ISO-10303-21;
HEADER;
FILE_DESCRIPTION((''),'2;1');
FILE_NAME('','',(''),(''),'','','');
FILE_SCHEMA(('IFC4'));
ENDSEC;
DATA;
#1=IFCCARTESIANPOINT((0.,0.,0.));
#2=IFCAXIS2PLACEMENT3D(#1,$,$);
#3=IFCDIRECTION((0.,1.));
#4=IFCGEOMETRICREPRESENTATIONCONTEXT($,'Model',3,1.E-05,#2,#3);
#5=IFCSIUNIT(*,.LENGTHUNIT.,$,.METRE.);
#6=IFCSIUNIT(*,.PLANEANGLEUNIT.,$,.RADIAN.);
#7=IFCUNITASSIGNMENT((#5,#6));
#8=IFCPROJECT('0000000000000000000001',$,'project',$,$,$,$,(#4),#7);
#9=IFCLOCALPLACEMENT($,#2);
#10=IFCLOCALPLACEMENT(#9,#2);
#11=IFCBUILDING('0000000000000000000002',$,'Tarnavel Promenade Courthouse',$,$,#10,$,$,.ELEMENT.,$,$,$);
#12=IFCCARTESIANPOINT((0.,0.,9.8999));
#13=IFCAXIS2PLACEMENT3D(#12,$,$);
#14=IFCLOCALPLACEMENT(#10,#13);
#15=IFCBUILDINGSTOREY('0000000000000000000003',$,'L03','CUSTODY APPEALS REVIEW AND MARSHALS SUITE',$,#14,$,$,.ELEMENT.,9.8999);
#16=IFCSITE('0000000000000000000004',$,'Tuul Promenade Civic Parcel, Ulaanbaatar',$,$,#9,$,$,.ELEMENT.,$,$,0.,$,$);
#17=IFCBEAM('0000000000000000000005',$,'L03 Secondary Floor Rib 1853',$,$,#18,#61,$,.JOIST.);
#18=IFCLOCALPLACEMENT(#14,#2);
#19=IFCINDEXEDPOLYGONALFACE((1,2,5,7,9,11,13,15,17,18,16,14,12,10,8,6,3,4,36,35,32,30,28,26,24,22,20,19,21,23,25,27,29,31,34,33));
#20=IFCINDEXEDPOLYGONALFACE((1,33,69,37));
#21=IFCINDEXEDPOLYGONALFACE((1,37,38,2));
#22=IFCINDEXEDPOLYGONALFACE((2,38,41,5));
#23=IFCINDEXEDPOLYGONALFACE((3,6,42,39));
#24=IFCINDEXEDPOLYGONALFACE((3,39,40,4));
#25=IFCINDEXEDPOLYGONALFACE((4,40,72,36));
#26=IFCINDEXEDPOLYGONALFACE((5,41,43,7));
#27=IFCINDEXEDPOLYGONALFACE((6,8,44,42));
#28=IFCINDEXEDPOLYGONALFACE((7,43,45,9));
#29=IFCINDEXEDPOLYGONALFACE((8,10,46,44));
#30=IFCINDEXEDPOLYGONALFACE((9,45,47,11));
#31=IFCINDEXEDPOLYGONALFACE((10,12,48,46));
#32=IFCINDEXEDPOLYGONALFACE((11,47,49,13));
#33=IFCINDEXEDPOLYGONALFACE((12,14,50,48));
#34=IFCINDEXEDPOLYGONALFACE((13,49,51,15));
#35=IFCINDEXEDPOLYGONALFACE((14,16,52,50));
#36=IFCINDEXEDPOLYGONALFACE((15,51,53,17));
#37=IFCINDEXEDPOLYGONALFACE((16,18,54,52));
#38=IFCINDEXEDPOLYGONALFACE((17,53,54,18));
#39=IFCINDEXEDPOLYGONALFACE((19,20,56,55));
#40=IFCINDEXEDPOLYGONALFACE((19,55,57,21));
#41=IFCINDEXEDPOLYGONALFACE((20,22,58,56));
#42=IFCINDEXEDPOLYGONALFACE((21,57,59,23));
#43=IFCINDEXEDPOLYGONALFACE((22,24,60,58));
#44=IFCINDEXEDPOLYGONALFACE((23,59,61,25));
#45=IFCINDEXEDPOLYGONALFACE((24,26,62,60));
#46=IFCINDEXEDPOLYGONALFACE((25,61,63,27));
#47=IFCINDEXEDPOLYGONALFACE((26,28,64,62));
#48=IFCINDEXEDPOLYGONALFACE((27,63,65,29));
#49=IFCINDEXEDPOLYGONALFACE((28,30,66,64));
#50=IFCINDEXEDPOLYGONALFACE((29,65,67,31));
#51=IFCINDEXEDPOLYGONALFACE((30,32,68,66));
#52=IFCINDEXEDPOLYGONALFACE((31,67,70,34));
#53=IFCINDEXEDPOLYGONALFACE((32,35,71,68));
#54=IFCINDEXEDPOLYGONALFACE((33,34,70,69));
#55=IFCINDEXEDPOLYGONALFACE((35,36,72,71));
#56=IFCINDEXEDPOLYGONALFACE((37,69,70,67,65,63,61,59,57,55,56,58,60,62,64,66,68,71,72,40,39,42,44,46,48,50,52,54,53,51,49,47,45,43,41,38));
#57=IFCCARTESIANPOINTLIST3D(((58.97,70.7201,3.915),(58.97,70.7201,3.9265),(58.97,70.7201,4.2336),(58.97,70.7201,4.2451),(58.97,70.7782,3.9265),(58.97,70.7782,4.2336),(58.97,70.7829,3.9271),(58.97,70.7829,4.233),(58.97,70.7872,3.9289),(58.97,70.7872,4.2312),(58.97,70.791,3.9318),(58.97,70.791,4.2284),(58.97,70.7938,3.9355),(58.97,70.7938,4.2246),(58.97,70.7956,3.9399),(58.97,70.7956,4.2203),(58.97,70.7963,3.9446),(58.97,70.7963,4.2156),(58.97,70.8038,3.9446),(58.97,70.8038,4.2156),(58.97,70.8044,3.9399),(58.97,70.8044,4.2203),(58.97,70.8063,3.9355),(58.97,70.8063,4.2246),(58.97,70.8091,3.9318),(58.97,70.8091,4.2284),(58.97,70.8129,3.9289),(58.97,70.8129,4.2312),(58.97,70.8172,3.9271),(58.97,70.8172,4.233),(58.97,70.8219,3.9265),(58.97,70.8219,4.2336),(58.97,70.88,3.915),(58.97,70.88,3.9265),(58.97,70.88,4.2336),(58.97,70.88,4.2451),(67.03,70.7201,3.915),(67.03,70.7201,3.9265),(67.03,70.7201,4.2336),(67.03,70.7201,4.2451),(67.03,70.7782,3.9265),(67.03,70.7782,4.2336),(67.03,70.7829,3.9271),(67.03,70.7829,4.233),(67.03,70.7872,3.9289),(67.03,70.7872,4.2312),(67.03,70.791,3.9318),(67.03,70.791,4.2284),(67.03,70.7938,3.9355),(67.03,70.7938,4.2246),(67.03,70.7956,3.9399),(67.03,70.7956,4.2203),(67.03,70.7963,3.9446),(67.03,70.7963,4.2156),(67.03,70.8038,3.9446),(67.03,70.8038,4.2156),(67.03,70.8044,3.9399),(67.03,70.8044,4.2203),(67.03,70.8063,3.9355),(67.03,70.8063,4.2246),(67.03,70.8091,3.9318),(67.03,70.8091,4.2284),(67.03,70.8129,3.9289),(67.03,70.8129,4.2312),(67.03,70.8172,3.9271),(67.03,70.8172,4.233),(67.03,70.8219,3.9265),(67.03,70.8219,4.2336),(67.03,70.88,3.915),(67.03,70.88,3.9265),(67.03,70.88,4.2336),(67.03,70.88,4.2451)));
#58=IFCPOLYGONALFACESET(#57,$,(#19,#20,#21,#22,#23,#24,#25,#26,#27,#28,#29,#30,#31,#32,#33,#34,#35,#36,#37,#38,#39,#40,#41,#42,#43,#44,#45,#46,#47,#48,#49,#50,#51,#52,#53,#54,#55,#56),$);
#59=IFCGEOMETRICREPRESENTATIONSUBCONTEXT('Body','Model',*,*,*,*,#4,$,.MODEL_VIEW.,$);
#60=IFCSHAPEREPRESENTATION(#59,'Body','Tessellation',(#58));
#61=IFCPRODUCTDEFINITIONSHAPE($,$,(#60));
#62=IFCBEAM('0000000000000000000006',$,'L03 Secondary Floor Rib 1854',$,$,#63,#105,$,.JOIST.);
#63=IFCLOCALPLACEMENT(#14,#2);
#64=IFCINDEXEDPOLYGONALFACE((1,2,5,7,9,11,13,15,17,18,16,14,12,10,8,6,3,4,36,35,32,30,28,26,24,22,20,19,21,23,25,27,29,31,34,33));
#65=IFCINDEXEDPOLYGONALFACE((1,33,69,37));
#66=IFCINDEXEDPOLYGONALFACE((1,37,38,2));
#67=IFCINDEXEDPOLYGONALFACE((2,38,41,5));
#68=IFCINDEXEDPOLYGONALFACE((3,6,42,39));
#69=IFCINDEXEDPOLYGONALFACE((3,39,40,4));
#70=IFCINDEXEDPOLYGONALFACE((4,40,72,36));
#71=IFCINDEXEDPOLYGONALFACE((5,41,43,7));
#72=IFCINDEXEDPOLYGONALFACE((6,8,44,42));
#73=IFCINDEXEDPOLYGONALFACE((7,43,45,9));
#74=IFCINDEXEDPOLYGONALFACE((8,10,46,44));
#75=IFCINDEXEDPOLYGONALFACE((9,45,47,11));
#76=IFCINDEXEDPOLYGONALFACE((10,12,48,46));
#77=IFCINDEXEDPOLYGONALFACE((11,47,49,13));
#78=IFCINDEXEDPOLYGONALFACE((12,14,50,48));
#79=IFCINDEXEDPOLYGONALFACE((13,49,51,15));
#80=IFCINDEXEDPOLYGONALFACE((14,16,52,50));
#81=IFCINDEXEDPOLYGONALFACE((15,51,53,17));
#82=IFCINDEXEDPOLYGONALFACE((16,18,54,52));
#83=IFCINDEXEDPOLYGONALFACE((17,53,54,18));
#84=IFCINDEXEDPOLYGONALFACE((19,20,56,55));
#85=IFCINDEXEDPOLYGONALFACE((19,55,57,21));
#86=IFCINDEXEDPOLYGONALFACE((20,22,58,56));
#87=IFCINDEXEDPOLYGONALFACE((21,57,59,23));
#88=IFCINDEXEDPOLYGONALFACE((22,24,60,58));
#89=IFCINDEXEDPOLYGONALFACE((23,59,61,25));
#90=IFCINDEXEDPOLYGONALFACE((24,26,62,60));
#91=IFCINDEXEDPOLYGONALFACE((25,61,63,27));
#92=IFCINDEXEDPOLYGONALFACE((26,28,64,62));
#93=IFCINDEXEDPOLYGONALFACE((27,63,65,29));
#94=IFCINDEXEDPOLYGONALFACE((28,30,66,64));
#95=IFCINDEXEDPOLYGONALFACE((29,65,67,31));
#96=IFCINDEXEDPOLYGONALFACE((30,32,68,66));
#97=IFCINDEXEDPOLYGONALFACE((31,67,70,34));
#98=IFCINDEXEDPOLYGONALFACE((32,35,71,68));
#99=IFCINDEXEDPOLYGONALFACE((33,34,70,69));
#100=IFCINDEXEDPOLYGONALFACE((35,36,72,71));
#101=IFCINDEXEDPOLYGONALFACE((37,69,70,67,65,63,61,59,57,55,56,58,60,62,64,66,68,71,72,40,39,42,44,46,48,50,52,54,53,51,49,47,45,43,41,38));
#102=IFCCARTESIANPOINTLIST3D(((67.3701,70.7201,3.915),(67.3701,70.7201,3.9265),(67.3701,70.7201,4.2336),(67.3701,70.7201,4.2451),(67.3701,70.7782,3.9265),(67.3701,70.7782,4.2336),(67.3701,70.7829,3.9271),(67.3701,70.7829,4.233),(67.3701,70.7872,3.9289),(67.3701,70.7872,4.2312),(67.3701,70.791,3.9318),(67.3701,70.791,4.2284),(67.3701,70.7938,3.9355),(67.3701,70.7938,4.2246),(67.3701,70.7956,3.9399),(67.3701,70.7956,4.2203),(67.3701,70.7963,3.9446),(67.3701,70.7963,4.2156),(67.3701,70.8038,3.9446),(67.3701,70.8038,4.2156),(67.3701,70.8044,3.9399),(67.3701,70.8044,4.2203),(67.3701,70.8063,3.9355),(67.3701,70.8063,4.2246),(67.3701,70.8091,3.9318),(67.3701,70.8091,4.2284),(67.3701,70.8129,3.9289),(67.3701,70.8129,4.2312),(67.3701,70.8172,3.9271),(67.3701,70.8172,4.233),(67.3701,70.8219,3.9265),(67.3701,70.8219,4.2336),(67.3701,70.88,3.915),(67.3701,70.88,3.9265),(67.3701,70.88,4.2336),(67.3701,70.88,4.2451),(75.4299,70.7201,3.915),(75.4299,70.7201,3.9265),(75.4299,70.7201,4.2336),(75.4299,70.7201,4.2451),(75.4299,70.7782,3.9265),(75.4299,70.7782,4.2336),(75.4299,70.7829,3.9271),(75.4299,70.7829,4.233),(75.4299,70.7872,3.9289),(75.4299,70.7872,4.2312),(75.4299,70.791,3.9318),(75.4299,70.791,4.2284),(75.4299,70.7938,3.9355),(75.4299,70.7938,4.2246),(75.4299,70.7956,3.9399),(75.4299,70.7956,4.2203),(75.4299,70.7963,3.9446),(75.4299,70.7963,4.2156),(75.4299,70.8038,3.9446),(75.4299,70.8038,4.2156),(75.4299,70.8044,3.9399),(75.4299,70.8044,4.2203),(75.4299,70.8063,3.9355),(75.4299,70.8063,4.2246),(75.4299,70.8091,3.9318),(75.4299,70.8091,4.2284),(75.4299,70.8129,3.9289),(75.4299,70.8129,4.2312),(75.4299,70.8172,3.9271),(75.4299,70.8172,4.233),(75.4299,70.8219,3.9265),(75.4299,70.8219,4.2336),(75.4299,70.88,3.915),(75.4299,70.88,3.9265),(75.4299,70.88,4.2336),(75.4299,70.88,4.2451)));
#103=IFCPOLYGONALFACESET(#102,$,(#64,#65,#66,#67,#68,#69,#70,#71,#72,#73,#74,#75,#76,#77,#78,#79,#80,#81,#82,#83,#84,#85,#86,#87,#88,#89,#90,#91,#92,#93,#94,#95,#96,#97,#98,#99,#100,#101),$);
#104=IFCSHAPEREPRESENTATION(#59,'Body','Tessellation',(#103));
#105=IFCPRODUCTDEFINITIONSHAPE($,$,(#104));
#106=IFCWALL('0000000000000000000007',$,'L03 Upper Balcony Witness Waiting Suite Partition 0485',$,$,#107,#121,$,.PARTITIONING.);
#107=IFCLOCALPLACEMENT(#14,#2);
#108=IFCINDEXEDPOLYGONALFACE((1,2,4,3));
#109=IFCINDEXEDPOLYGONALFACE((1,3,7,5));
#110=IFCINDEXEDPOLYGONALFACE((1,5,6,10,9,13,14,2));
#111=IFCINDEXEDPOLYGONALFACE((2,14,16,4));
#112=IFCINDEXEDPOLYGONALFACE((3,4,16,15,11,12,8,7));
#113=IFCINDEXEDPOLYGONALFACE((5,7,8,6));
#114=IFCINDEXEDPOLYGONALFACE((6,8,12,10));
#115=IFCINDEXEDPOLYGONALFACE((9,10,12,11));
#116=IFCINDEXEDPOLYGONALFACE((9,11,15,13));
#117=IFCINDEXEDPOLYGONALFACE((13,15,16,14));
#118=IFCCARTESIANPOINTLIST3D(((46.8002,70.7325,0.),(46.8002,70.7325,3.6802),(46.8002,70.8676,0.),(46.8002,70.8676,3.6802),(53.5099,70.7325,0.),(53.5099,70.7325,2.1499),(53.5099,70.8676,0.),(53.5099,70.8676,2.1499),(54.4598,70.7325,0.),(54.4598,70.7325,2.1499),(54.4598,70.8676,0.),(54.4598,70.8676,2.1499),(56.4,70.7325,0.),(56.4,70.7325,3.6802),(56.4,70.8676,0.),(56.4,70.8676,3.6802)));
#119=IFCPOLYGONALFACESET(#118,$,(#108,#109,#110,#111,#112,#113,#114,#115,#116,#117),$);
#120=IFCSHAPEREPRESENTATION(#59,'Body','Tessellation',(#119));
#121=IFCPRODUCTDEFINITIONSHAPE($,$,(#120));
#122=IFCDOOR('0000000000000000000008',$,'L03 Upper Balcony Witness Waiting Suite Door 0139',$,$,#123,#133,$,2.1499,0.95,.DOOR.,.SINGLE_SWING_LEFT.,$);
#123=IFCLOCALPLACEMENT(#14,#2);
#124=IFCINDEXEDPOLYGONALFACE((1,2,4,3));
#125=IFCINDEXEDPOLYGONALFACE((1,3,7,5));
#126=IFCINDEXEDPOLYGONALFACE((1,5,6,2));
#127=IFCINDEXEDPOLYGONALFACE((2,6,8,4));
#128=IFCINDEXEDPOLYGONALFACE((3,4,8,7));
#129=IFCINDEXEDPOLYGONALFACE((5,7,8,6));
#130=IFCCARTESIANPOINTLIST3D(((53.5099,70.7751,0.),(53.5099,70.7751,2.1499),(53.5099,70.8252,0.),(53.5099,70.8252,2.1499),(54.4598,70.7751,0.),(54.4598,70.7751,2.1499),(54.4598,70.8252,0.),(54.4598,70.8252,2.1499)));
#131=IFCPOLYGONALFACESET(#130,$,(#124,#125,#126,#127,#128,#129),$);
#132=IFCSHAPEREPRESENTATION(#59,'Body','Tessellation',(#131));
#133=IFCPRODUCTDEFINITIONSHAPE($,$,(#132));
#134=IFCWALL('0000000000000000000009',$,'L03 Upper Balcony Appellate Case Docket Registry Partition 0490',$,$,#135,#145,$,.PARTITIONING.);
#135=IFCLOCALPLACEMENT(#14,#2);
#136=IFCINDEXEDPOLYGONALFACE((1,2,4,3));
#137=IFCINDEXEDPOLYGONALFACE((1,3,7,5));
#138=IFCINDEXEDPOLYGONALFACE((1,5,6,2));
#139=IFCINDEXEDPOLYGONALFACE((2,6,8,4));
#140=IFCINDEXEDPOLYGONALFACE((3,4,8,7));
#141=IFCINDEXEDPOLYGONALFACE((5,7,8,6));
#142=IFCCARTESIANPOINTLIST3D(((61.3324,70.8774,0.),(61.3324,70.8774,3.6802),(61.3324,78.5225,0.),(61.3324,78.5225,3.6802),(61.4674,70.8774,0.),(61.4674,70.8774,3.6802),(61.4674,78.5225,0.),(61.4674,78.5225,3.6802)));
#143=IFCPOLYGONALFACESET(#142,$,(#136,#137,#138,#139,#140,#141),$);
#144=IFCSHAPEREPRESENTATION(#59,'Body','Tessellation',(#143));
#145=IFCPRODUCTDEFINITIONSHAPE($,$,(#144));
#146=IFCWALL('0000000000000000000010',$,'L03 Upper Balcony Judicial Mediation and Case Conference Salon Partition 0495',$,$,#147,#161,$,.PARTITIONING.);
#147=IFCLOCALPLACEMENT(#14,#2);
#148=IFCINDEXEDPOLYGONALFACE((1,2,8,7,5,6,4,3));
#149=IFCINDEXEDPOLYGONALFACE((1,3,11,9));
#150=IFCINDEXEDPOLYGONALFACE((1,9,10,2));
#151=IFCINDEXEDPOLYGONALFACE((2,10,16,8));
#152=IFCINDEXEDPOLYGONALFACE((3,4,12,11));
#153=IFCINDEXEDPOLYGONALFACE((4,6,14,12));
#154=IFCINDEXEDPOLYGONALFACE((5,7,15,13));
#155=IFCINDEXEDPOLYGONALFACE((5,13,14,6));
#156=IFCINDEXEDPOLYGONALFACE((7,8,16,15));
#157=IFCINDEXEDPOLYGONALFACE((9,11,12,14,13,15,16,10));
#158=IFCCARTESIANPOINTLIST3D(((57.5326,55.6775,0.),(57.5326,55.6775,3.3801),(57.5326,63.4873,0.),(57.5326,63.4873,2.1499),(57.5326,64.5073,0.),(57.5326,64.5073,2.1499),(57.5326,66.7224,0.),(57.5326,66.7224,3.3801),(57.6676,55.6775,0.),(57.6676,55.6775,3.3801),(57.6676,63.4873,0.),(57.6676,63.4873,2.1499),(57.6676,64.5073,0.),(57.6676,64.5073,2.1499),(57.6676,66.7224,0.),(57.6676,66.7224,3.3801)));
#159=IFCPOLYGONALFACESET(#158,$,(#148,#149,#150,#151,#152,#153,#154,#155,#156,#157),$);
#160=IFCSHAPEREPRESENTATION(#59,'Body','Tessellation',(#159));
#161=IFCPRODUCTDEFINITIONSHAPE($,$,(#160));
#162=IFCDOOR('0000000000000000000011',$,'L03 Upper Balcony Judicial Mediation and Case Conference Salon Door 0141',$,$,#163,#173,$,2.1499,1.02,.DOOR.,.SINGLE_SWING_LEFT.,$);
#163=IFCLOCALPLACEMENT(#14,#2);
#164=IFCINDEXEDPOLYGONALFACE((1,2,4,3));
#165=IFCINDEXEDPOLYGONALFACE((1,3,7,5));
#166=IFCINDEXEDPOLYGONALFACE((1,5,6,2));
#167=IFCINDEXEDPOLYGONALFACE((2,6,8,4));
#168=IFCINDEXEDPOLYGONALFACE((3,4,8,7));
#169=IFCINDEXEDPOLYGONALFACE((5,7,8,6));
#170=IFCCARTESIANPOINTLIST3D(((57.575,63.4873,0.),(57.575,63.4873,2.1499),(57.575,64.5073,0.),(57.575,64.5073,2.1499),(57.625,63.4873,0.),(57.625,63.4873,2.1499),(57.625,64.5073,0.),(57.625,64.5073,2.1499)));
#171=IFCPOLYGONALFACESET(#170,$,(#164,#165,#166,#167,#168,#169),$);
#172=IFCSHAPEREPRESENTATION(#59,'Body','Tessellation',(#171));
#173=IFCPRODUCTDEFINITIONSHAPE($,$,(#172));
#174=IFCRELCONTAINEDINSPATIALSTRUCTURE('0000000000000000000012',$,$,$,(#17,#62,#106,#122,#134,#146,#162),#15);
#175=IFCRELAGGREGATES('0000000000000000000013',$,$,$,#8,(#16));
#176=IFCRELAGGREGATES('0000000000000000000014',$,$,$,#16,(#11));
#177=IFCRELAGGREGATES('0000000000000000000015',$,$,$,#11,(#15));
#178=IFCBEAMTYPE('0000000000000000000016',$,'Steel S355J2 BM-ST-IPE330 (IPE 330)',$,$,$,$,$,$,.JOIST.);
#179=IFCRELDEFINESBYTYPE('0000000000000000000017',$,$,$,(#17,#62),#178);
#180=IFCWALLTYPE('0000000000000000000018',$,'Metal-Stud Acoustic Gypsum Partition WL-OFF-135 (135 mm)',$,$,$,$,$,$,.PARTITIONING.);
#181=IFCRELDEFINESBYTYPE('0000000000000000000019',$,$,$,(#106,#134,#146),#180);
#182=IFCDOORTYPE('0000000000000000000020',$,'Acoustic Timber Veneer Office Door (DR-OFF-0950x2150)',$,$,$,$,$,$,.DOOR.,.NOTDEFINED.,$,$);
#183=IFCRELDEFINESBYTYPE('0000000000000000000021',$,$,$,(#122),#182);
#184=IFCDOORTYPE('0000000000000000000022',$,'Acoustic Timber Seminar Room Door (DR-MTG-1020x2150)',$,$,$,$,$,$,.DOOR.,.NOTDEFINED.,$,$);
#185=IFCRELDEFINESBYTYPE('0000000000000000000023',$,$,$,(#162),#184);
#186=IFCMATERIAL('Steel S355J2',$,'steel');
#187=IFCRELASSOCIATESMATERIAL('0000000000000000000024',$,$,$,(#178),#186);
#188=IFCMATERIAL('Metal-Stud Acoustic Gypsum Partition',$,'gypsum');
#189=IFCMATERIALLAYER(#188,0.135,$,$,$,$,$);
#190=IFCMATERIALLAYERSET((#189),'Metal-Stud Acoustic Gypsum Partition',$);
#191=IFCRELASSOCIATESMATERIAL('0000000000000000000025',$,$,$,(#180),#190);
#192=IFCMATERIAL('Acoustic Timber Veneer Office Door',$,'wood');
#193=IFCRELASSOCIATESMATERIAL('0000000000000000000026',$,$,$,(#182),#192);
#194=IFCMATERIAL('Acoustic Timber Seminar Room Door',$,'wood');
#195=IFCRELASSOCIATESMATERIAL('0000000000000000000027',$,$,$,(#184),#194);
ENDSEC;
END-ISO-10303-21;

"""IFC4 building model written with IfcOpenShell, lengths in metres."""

from ifc_helpers import new_model, si_unit, direction, frame, frame_2d, origin, origin_2d, place, context, subcontext, project, spatial, rectangle, i_section, extrude, material, layer, layer_set, material_profile, profile_set, type_object, element, fill, save


model = new_model("IFC4")

# Units and contexts
model_context = context("Model", 3, precision=1e-05, world=origin(), true_north=direction((0.0, 1.0)))
body_context = subcontext(model_context, "Body", "Model", "MODEL_VIEW")
ifc_project = project(units=[si_unit("LENGTHUNIT", "METRE"), si_unit("PLANEANGLEUNIT", "RADIAN")], contexts=[model_context])

# Site, building, storey
site_placement = place(None, origin())
site = spatial("IfcSite", under=ifc_project, at=site_placement, Name="Tuul Promenade Civic Parcel, Ulaanbaatar", CompositionType="ELEMENT", RefElevation=0.0)
building_placement = place(site_placement, origin())
building = spatial("IfcBuilding", under=site, at=building_placement, Name="Tarnavel Promenade Courthouse", CompositionType="ELEMENT")
storey_placement = place(building_placement, frame((0.0, 0.0, 9.8999)))
storey = spatial("IfcBuildingStorey", under=building, at=storey_placement, Name="L03", Description="CUSTODY APPEALS REVIEW AND MARSHALS SUITE", CompositionType="ELEMENT", Elevation=9.8999)

# Beams
ifc_material_1 = material(Name="Steel S355J2", Category="steel")
ifc_material_profile_1 = material_profile(ifc_material_1, i_section(OverallWidth=0.1599, OverallDepth=0.3301, WebThickness=0.0076, FlangeThickness=0.0115, FilletRadius=0.0181, at=origin_2d()), Name="IPE 330")
ifc_profile_set_1 = profile_set([ifc_material_profile_1], Name="Steel S355J2")
beam_type_1 = type_object("IfcBeamType", Name="Steel S355J2 BM-ST-IPE330 (IPE 330)", PredefinedType="JOIST", material=ifc_profile_set_1)
beam_1_placement = place(storey_placement, frame((58.97, 70.8, 4.0801), z_axis=(1.0, 0.0, 0.0), x_axis=(0.0, 1.0, 0.0)))
element("IfcBeam", 1, at=beam_1_placement, inside=storey, type_object=beam_type_1, Name="L03 Secondary Floor Rib 1853", PredefinedType="JOIST", context=body_context, shape_type="SweptSolid", body=[
    extrude(i_section(OverallWidth=0.1599, OverallDepth=0.3301, WebThickness=0.0076, FlangeThickness=0.0115, FilletRadius=0.0181, at=origin_2d()), origin(), (0.0, 0.0, 1.0), 8.0601),
])
beam_2_placement = place(storey_placement, frame((67.3701, 70.8, 4.0801), z_axis=(1.0, 0.0, 0.0), x_axis=(0.0, 1.0, 0.0)))
element("IfcBeam", 2, at=beam_2_placement, inside=storey, type_object=beam_type_1, Name="L03 Secondary Floor Rib 1854", PredefinedType="JOIST", context=body_context, shape_type="SweptSolid", body=[
    extrude(i_section(OverallWidth=0.1599, OverallDepth=0.3301, WebThickness=0.0076, FlangeThickness=0.0115, FilletRadius=0.0181, at=origin_2d()), origin(), (0.0, 0.0, 1.0), 8.0598),
])

# Wall, opening, door
ifc_material_2 = material(Name="Metal-Stud Acoustic Gypsum Partition", Category="gypsum")
ifc_layer = layer(ifc_material_2, 0.135)
ifc_layer_set = layer_set([ifc_layer], Name="Metal-Stud Acoustic Gypsum Partition")
wall_type = type_object("IfcWallType", Name="Metal-Stud Acoustic Gypsum Partition WL-OFF-135 (135 mm)", PredefinedType="PARTITIONING", material=ifc_layer_set)
wall_1_placement = place(storey_placement, frame((56.3999, 70.8, 0.0), z_axis=(0.0, 0.0, 1.0), x_axis=(-1.0, 0.0, 0.0)))
wall_1 = element("IfcWall", 3, at=wall_1_placement, inside=storey, type_object=wall_type, Name="L03 Upper Balcony Witness Waiting Suite Partition 0485", PredefinedType="PARTITIONING", context=body_context, shape_type="SweptSolid", body=[
    extrude(rectangle(XDim=9.5999, YDim=0.135, at=frame_2d((4.7998, 0.0))), origin(), (0.0, 0.0, 1.0), 3.6802),
])
opening_1_placement = place(wall_1_placement, frame((1.9399, 0.0, 0.0)))
opening_1 = element("IfcOpeningElement", 4, at=opening_1_placement, cuts=wall_1, PredefinedType="OPENING", context=body_context, shape_type="SweptSolid", body=[
    extrude(rectangle(XDim=0.95, YDim=2.1499, at=frame_2d((0.4751, 1.075))), frame((0.0, 0.0774, 0.0), z_axis=(0.0, -1.0, 0.0), x_axis=(1.0, 0.0, 0.0)), (0.0, 0.0, 1.0), 0.155),
])
ifc_material_3 = material(Name="Acoustic Timber Veneer Office Door", Category="wood")
door_type_1 = type_object("IfcDoorType", Name="Acoustic Timber Veneer Office Door (DR-OFF-0950x2150)", OperationType="NOTDEFINED", PredefinedType="DOOR", material=ifc_material_3)
door_1_placement = place(opening_1_placement, origin())
door_1 = element("IfcDoor", 5, at=door_1_placement, inside=storey, type_object=door_type_1, Name="L03 Upper Balcony Witness Waiting Suite Door 0139", OperationType="SINGLE_SWING_LEFT", OverallHeight=2.1499, OverallWidth=0.95, PredefinedType="DOOR", context=body_context, shape_type="SweptSolid", body=[
    extrude(rectangle(XDim=0.95, YDim=2.1499, at=frame_2d((0.4751, 1.075))), frame((0.0, 0.0249, 0.0), z_axis=(0.0, -1.0, 0.0), x_axis=(1.0, 0.0, 0.0)), (0.0, 0.0, 1.0), 0.05),
])
fill(opening_1, door_1)

# Wall
wall_2_placement = place(storey_placement, frame((61.3999, 70.8774, 0.0), z_axis=(0.0, 0.0, 1.0), x_axis=(0.0, 1.0, 0.0)))
element("IfcWall", 6, at=wall_2_placement, inside=storey, type_object=wall_type, Name="L03 Upper Balcony Appellate Case Docket Registry Partition 0490", PredefinedType="PARTITIONING", context=body_context, shape_type="SweptSolid", body=[
    extrude(rectangle(XDim=7.645, YDim=0.135, at=frame_2d((3.8225, 0.0))), origin(), (0.0, 0.0, 1.0), 3.6802),
])

# Wall, opening, door
wall_3_placement = place(storey_placement, frame((57.6001, 66.7224, 0.0), z_axis=(0.0, 0.0, 1.0), x_axis=(0.0, -1.0, 0.0)))
wall_3 = element("IfcWall", 7, at=wall_3_placement, inside=storey, type_object=wall_type, Name="L03 Upper Balcony Judicial Mediation and Case Conference Salon Partition 0495", PredefinedType="PARTITIONING", context=body_context, shape_type="SweptSolid", body=[
    extrude(rectangle(XDim=11.0449, YDim=0.135, at=frame_2d((5.5225, 0.0))), origin(), (0.0, 0.0, 1.0), 3.3801),
])
opening_2_placement = place(wall_3_placement, frame((2.2151, 0.0, 0.0)))
opening_2 = element("IfcOpeningElement", 8, at=opening_2_placement, cuts=wall_3, PredefinedType="OPENING", context=body_context, shape_type="SweptSolid", body=[
    extrude(rectangle(XDim=1.02, YDim=2.1499, at=frame_2d((0.51, 1.075))), frame((0.0, 0.0774, 0.0), z_axis=(0.0, -1.0, 0.0), x_axis=(1.0, 0.0, 0.0)), (0.0, 0.0, 1.0), 0.155),
])
ifc_material_4 = material(Name="Acoustic Timber Seminar Room Door", Category="wood")
door_type_2 = type_object("IfcDoorType", Name="Acoustic Timber Seminar Room Door (DR-MTG-1020x2150)", OperationType="NOTDEFINED", PredefinedType="DOOR", material=ifc_material_4)
door_2_placement = place(opening_2_placement, origin())
door_2 = element("IfcDoor", 9, at=door_2_placement, inside=storey, type_object=door_type_2, Name="L03 Upper Balcony Judicial Mediation and Case Conference Salon Door 0141", OperationType="SINGLE_SWING_LEFT", OverallHeight=2.1499, OverallWidth=1.02, PredefinedType="DOOR", context=body_context, shape_type="SweptSolid", body=[
    extrude(rectangle(XDim=1.02, YDim=2.1499, at=frame_2d((0.51, 1.075))), frame((0.0, 0.0249, 0.0), z_axis=(0.0, -1.0, 0.0), x_axis=(1.0, 0.0, 0.0)), (0.0, 0.0, 1.0), 0.05),
])
fill(opening_2, door_2)

save(model, "model.ifc")
